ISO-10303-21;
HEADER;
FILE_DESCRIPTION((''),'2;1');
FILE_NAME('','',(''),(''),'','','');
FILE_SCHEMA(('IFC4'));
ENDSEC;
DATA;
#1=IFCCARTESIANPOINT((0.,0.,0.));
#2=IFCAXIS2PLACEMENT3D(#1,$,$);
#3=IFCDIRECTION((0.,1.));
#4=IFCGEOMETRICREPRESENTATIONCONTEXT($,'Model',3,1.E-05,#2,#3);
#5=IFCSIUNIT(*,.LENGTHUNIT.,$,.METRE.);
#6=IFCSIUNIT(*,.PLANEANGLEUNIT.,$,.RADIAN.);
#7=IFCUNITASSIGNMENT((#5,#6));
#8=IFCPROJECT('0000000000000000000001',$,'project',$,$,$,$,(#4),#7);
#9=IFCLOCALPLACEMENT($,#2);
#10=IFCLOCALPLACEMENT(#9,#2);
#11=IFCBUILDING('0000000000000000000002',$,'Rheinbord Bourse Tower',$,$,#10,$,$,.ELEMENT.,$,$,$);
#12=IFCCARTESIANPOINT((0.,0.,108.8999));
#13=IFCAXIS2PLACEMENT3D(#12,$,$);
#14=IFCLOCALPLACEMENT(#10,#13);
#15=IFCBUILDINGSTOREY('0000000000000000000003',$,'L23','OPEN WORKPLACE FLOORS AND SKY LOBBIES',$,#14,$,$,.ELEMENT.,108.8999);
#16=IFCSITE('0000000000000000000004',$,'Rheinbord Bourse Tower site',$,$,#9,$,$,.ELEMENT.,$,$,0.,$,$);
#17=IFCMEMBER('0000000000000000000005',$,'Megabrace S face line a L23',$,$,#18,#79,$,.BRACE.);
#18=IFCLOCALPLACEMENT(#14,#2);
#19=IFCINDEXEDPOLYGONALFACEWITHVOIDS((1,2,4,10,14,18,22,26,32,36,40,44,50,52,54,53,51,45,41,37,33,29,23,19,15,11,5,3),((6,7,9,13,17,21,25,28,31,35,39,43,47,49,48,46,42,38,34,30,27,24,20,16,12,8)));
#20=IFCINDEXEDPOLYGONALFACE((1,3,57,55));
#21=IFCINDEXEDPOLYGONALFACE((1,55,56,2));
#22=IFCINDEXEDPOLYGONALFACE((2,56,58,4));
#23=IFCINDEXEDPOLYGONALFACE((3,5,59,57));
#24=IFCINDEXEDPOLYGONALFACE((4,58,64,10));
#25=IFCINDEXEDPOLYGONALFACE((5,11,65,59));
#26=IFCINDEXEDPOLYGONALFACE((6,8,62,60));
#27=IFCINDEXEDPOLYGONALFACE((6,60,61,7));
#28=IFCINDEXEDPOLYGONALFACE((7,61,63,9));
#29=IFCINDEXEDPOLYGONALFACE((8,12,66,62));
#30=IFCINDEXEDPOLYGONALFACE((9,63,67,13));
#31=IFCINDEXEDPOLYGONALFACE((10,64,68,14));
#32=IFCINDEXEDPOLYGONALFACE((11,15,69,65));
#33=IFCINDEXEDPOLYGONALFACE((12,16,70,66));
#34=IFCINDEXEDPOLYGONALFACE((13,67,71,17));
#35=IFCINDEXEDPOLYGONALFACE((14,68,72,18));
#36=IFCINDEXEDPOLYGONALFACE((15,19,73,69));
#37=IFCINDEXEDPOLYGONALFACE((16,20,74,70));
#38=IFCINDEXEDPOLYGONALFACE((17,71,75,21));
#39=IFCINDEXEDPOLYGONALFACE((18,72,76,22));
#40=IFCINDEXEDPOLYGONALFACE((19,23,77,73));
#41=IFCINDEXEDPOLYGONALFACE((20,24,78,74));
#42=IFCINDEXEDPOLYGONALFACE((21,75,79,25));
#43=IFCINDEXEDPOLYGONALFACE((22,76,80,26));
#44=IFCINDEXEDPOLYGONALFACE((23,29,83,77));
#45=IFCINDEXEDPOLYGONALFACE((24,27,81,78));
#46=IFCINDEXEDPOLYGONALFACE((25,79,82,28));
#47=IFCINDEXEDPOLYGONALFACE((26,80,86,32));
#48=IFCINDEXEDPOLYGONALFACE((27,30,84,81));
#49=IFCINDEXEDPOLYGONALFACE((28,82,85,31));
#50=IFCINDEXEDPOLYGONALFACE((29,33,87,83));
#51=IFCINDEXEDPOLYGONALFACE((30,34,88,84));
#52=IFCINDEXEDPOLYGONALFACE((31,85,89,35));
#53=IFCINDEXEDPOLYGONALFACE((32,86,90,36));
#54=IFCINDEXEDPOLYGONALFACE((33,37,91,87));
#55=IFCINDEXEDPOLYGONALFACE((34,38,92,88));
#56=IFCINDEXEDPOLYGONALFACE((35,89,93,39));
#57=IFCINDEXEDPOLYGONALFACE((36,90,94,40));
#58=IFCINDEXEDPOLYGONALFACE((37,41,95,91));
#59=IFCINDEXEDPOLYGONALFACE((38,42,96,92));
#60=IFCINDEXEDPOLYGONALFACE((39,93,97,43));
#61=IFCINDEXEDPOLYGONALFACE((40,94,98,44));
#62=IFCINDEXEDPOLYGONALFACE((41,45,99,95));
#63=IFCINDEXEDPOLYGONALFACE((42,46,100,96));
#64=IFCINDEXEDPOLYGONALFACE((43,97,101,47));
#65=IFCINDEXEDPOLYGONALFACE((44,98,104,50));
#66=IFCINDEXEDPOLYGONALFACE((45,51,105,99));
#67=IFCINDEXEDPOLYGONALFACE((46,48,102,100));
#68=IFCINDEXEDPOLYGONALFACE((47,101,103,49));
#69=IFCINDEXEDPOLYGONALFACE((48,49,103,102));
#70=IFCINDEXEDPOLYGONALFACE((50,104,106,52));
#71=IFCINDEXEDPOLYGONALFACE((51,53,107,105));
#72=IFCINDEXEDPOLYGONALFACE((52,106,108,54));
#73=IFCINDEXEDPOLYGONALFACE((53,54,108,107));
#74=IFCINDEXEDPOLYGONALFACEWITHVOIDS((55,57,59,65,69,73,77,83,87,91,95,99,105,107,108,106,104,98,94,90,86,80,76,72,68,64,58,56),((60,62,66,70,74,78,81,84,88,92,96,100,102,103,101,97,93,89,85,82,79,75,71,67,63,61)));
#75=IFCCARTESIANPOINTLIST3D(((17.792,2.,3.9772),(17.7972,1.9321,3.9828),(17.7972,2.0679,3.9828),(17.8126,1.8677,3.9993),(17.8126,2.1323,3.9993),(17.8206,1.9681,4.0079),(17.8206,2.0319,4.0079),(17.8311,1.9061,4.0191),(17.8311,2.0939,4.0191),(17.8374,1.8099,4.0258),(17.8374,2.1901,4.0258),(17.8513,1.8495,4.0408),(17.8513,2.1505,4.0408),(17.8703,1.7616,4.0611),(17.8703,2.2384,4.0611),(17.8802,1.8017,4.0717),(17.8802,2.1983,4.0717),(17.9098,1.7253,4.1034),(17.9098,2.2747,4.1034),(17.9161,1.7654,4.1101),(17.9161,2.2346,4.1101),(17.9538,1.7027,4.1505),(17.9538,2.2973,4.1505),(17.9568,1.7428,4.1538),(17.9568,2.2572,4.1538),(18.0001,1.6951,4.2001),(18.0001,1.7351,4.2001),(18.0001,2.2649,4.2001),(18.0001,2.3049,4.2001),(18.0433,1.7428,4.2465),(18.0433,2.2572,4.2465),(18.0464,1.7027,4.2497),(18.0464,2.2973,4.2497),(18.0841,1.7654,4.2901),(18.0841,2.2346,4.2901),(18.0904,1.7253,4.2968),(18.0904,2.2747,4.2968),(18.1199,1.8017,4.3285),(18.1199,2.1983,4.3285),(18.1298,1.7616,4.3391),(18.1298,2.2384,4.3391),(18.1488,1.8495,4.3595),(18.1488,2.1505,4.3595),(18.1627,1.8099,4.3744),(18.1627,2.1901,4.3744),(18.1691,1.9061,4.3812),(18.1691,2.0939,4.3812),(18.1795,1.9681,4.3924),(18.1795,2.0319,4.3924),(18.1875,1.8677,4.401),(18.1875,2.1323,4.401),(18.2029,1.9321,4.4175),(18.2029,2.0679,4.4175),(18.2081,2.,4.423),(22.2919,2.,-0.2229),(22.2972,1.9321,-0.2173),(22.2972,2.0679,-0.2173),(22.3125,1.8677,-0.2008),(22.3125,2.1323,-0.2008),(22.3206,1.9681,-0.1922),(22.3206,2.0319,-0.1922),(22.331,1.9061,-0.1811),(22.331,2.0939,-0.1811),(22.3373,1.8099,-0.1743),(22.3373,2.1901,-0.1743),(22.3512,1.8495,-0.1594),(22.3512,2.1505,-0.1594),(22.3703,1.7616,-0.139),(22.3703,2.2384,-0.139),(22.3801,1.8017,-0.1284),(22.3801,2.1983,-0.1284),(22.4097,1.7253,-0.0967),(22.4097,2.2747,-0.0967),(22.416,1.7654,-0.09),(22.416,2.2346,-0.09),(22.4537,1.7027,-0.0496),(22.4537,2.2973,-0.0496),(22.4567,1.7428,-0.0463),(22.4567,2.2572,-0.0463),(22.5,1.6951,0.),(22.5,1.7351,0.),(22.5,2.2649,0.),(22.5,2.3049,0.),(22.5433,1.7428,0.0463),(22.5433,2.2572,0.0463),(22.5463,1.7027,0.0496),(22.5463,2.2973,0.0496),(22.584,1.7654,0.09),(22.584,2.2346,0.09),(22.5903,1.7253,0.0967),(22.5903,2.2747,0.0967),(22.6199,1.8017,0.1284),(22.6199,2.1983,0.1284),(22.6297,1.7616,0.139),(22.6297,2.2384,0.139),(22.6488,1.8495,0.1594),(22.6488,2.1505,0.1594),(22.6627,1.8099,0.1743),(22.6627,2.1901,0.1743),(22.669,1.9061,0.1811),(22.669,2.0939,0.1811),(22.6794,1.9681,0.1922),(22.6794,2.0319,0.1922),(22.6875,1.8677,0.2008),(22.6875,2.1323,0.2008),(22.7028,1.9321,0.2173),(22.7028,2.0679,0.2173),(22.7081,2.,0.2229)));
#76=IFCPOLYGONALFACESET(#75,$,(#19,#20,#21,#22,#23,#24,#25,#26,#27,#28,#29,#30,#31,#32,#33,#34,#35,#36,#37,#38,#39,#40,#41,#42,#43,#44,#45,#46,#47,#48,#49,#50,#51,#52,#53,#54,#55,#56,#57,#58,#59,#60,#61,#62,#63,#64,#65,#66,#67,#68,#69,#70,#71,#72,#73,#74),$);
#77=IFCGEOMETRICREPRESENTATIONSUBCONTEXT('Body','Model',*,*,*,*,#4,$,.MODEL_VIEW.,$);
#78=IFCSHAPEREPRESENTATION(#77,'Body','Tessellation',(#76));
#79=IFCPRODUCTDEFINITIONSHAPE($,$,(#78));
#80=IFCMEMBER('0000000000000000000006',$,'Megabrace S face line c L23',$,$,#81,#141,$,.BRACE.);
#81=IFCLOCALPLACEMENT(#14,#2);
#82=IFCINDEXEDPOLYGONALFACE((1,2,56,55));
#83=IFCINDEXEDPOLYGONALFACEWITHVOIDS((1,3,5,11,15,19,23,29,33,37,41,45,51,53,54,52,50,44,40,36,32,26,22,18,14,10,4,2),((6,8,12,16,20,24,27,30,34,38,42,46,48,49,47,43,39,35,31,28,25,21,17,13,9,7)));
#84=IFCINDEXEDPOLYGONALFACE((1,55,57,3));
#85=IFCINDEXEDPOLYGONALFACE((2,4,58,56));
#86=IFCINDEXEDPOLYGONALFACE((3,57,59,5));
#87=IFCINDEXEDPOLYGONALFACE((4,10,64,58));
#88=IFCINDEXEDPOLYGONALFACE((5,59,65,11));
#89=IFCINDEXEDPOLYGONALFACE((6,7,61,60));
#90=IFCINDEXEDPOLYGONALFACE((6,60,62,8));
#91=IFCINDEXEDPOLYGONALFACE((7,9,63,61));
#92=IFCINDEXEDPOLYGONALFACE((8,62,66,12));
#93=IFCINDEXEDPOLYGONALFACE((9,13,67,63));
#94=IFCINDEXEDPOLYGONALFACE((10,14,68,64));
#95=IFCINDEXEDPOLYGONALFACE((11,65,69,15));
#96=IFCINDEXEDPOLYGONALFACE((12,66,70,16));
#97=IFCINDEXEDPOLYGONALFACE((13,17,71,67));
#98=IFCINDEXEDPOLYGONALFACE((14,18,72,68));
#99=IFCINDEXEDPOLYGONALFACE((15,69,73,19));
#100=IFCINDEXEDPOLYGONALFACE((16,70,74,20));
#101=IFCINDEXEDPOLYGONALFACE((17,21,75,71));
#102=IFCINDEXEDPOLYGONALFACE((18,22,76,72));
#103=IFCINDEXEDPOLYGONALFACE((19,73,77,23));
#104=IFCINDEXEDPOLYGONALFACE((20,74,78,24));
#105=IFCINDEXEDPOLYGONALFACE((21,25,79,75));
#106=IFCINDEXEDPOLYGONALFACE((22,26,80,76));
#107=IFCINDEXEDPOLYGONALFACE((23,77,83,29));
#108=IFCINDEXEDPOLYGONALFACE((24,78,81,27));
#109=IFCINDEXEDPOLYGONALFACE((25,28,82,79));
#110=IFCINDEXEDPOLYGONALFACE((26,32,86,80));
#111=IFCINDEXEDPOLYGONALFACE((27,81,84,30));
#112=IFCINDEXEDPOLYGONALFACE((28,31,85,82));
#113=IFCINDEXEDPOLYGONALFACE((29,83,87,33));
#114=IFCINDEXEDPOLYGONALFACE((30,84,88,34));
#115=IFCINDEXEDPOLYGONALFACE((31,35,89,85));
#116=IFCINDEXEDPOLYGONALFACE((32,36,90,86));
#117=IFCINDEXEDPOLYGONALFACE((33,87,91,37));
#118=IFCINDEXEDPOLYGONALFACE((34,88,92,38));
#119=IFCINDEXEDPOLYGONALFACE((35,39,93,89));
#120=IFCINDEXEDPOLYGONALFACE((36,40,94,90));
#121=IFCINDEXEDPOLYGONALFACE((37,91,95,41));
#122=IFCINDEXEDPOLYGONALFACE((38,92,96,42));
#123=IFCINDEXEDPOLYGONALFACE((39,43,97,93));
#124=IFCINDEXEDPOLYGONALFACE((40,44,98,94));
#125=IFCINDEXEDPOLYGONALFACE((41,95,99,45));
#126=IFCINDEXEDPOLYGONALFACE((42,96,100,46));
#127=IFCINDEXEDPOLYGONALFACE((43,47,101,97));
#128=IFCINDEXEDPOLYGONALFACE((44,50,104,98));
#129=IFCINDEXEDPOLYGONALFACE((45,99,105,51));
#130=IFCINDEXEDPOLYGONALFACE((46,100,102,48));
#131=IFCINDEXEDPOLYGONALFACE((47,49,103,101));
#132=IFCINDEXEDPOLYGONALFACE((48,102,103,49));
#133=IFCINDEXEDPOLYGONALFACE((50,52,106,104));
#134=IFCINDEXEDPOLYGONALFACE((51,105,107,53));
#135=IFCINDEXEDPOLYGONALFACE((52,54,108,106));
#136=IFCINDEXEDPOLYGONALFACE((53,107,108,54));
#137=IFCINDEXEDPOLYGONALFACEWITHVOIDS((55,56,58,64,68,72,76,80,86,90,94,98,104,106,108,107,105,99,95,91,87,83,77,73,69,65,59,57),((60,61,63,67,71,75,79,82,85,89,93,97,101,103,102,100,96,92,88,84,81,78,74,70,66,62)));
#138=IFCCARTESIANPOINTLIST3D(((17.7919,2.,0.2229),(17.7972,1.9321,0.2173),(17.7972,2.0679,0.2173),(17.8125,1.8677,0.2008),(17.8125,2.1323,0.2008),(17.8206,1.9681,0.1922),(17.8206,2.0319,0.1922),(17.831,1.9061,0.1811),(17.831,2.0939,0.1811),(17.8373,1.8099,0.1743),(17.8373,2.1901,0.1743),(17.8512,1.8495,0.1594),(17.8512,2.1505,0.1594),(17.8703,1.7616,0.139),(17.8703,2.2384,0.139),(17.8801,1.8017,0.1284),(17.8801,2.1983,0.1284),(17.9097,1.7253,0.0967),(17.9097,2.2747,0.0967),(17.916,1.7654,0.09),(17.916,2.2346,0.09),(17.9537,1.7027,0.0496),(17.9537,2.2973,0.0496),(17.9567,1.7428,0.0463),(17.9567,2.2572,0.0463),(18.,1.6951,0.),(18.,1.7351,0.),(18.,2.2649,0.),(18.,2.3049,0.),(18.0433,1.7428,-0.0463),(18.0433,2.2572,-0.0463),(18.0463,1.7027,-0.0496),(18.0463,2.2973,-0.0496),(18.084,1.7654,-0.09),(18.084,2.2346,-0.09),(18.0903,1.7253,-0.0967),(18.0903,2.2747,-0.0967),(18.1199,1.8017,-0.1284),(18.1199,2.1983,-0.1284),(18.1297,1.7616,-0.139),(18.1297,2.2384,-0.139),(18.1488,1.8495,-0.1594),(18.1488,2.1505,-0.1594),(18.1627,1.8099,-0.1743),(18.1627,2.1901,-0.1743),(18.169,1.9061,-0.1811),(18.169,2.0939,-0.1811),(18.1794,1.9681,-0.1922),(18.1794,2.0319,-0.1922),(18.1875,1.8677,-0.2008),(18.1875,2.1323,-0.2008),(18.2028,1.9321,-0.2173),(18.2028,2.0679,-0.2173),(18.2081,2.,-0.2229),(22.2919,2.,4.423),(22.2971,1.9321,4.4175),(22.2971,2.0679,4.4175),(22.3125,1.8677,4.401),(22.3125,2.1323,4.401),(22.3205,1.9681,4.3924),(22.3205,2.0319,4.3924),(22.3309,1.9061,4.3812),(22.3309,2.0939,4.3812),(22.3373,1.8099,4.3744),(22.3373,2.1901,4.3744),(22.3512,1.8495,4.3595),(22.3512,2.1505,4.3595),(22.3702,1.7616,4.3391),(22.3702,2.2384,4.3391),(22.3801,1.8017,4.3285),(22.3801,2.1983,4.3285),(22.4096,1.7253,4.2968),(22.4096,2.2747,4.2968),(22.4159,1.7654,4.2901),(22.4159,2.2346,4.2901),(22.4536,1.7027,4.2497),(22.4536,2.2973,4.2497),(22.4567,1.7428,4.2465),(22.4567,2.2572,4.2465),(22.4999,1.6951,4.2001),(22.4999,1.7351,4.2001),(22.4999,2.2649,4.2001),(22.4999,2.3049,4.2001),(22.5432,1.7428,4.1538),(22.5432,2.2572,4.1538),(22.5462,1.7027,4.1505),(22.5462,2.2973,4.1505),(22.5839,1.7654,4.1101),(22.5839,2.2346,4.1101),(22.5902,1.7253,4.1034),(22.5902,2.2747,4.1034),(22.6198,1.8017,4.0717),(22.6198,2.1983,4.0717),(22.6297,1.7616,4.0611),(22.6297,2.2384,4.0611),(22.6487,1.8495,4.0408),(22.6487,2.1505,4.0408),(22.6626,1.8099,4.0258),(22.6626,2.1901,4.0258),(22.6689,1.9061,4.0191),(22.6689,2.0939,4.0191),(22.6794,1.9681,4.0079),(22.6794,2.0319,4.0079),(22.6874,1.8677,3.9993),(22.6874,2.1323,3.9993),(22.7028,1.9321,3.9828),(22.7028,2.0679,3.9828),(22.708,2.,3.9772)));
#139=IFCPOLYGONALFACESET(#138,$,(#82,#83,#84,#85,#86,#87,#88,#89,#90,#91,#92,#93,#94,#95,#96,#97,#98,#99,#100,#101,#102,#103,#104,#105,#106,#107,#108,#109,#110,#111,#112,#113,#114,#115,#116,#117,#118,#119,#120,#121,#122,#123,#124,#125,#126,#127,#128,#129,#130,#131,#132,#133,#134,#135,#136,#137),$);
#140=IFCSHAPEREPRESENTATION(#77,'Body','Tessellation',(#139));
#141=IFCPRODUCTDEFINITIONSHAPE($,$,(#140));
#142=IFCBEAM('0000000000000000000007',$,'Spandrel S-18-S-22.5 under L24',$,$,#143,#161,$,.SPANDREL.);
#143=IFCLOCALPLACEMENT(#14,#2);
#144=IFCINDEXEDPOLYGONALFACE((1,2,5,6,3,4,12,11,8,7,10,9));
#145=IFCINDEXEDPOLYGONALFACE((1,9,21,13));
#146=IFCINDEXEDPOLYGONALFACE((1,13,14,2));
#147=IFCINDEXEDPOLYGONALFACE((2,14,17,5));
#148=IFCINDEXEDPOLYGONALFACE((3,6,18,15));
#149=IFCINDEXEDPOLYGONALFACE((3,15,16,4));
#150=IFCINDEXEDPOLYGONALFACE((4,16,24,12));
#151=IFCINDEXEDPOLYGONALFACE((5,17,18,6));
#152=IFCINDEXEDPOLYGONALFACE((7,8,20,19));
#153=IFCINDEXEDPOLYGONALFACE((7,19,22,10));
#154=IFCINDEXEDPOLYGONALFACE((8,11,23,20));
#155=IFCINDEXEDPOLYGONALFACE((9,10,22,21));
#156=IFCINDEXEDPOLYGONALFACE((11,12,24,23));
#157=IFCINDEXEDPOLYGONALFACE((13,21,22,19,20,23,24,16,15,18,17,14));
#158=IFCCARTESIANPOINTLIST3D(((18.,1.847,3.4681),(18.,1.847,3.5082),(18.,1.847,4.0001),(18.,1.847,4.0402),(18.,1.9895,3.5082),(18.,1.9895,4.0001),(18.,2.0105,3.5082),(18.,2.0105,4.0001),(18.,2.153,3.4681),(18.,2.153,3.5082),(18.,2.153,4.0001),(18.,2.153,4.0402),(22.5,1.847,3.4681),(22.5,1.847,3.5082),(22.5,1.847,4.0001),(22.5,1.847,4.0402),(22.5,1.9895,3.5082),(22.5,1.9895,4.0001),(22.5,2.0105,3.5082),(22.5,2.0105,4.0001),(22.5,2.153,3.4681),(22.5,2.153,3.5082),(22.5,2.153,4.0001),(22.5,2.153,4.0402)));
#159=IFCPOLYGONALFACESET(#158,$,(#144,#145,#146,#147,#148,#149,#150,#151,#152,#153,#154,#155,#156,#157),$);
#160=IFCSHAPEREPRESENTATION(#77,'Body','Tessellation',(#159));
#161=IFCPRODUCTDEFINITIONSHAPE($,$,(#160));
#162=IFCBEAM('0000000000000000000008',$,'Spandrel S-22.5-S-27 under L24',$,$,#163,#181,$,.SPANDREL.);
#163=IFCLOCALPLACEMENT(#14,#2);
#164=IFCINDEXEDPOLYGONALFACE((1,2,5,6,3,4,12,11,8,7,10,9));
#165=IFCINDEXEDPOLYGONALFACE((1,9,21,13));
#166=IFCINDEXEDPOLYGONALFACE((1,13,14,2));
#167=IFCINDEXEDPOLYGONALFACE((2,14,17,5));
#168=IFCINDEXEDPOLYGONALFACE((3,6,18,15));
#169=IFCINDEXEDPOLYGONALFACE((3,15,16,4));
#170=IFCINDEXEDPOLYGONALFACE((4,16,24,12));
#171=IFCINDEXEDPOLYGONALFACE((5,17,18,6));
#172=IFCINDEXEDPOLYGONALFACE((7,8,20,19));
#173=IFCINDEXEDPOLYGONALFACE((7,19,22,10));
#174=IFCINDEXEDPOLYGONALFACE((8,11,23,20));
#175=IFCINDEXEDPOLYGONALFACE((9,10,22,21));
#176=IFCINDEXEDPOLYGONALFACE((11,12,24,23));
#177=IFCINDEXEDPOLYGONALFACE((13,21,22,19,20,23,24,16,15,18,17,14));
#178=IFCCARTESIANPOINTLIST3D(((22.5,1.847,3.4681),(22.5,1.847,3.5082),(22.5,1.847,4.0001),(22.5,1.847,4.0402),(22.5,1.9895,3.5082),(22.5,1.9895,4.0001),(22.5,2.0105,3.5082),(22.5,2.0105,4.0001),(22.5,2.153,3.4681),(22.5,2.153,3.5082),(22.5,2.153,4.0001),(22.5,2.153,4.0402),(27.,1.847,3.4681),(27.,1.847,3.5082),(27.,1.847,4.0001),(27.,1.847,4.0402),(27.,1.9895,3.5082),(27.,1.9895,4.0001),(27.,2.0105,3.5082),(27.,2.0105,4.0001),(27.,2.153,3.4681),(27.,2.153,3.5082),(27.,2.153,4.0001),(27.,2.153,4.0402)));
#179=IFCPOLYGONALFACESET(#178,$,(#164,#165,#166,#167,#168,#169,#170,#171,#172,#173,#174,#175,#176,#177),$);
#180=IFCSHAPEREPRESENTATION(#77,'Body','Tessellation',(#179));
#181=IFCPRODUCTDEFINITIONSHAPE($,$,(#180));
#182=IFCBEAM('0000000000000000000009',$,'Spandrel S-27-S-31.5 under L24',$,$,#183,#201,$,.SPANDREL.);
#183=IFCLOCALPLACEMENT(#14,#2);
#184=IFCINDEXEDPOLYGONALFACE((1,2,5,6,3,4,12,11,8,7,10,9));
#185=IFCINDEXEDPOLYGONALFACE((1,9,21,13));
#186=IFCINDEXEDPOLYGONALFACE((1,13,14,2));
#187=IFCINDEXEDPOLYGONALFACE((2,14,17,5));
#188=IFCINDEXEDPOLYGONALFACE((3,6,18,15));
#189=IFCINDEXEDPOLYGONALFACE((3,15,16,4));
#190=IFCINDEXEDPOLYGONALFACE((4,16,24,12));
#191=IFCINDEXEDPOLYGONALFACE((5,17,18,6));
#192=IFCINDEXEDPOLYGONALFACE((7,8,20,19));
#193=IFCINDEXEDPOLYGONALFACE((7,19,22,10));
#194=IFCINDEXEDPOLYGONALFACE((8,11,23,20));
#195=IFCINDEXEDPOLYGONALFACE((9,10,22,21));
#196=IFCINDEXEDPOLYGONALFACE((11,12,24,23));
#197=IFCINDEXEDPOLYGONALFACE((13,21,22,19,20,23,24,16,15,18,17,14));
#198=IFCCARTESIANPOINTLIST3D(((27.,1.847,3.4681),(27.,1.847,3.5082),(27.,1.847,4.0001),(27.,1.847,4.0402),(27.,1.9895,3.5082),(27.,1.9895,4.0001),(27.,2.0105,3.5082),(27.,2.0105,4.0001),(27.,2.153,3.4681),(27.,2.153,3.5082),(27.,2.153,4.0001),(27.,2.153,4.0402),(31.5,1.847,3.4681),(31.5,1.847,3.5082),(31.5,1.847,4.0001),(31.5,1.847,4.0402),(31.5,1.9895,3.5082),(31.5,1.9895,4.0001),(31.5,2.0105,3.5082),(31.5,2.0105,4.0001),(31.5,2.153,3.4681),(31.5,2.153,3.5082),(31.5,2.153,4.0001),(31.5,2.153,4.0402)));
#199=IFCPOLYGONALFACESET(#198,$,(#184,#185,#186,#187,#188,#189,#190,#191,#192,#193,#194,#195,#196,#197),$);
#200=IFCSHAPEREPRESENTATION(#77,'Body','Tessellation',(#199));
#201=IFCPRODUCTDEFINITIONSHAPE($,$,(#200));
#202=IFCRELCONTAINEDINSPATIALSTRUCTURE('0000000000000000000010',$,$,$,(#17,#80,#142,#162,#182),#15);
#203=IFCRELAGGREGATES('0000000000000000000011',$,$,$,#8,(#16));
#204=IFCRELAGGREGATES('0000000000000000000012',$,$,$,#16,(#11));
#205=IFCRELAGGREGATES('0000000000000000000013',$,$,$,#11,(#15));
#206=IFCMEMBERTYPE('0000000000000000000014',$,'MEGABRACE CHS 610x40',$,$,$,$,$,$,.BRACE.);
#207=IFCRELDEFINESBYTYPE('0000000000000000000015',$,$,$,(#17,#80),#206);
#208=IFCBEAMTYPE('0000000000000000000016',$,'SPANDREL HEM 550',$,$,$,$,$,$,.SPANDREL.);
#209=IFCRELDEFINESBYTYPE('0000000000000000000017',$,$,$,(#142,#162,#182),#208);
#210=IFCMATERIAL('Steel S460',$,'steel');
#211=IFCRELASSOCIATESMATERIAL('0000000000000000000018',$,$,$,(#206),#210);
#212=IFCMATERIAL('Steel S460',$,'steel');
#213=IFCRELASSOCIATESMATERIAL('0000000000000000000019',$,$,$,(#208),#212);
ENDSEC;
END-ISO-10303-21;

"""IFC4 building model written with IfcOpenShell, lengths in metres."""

from ifc_helpers import new_model, si_unit, direction, frame, origin, origin_2d, place, context, subcontext, project, spatial, hollow_circle, i_section, extrude, material, material_profile, profile_set, type_object, element, save


model = new_model("IFC4")

# Units and contexts
model_context = context("Model", 3, precision=1e-05, world=origin(), true_north=direction((0.0, 1.0)))
body_context = subcontext(model_context, "Body", "Model", "MODEL_VIEW")
ifc_project = project(units=[si_unit("LENGTHUNIT", "METRE"), si_unit("PLANEANGLEUNIT", "RADIAN")], contexts=[model_context])

# Site, building, storey
site_placement = place(None, origin())
site = spatial("IfcSite", under=ifc_project, at=site_placement, Name="Rheinbord Bourse Tower site", CompositionType="ELEMENT", RefElevation=0.0)
building_placement = place(site_placement, origin())
building = spatial("IfcBuilding", under=site, at=building_placement, Name="Rheinbord Bourse Tower", CompositionType="ELEMENT")
storey_placement = place(building_placement, frame((0.0, 0.0, 108.8999)))
storey = spatial("IfcBuildingStorey", under=building, at=storey_placement, Name="L23", Description="OPEN WORKPLACE FLOORS AND SKY LOBBIES", CompositionType="ELEMENT", Elevation=108.8999)

# Members
ifc_material_1 = material(Name="Steel S460", Category="steel")
ifc_material_profile_1 = material_profile(ifc_material_1, hollow_circle(Radius=0.3049, WallThickness=0.04, at=origin_2d()), Name="CHS 610x40")
ifc_profile_set_1 = profile_set([ifc_material_profile_1], Name="Steel S460")
member_type_1 = type_object("IfcMemberType", Name="MEGABRACE CHS 610x40", PredefinedType="BRACE", material=ifc_profile_set_1)
for number, where, z_axis, x_axis, name in (
    (1, (22.5, 2.0, 0.0), (-0.731039, 0.0, 0.682335), (0.0, -1.0, 0.0), "Megabrace S face line a L23"),
    (2, (18.0, 2.0, 0.0), (0.731039, 0.0, 0.682335), (0.0, 1.0, 0.0), "Megabrace S face line c L23"),
):
    element("IfcMember", number, at=place(storey_placement, frame(where, z_axis=z_axis, x_axis=x_axis)), inside=storey, type_object=member_type_1, Name=name, PredefinedType="BRACE", context=body_context, shape_type="SweptSolid", body=[
        extrude(hollow_circle(Radius=0.3049, WallThickness=0.04, at=origin_2d()), origin(), (0.0, 0.0, 1.0), 6.1555),
    ])

# Beams
ifc_material_2 = material(Name="Steel S460", Category="steel")
ifc_material_profile_2 = material_profile(ifc_material_2, i_section(OverallWidth=0.3059, OverallDepth=0.572, WebThickness=0.021, FlangeThickness=0.04, at=origin_2d()), Name="HEM 550")
ifc_profile_set_2 = profile_set([ifc_material_profile_2], Name="Steel S460")
beam_type_1 = type_object("IfcBeamType", Name="SPANDREL HEM 550", PredefinedType="SPANDREL", material=ifc_profile_set_2)
for number, where, z_axis, x_axis, name in (
    (3, (18.0, 2.0, 3.7542), (1.0, 0.0, 0.0), (0.0, 1.0, 0.0), "Spandrel S-18-S-22.5 under L24"),
    (4, (22.5, 2.0, 3.7542), (1.0, 0.0, 0.0), (0.0, 1.0, 0.0), "Spandrel S-22.5-S-27 under L24"),
    (5, (27.0, 2.0, 3.7542), (1.0, 0.0, 0.0), (0.0, 1.0, 0.0), "Spandrel S-27-S-31.5 under L24"),
):
    element("IfcBeam", number, at=place(storey_placement, frame(where, z_axis=z_axis, x_axis=x_axis)), inside=storey, type_object=beam_type_1, Name=name, PredefinedType="SPANDREL", context=body_context, shape_type="SweptSolid", body=[
        extrude(i_section(OverallWidth=0.3059, OverallDepth=0.572, WebThickness=0.021, FlangeThickness=0.04, at=origin_2d()), origin(), (0.0, 0.0, 1.0), 4.5),
    ])

save(model, "model.ifc")
